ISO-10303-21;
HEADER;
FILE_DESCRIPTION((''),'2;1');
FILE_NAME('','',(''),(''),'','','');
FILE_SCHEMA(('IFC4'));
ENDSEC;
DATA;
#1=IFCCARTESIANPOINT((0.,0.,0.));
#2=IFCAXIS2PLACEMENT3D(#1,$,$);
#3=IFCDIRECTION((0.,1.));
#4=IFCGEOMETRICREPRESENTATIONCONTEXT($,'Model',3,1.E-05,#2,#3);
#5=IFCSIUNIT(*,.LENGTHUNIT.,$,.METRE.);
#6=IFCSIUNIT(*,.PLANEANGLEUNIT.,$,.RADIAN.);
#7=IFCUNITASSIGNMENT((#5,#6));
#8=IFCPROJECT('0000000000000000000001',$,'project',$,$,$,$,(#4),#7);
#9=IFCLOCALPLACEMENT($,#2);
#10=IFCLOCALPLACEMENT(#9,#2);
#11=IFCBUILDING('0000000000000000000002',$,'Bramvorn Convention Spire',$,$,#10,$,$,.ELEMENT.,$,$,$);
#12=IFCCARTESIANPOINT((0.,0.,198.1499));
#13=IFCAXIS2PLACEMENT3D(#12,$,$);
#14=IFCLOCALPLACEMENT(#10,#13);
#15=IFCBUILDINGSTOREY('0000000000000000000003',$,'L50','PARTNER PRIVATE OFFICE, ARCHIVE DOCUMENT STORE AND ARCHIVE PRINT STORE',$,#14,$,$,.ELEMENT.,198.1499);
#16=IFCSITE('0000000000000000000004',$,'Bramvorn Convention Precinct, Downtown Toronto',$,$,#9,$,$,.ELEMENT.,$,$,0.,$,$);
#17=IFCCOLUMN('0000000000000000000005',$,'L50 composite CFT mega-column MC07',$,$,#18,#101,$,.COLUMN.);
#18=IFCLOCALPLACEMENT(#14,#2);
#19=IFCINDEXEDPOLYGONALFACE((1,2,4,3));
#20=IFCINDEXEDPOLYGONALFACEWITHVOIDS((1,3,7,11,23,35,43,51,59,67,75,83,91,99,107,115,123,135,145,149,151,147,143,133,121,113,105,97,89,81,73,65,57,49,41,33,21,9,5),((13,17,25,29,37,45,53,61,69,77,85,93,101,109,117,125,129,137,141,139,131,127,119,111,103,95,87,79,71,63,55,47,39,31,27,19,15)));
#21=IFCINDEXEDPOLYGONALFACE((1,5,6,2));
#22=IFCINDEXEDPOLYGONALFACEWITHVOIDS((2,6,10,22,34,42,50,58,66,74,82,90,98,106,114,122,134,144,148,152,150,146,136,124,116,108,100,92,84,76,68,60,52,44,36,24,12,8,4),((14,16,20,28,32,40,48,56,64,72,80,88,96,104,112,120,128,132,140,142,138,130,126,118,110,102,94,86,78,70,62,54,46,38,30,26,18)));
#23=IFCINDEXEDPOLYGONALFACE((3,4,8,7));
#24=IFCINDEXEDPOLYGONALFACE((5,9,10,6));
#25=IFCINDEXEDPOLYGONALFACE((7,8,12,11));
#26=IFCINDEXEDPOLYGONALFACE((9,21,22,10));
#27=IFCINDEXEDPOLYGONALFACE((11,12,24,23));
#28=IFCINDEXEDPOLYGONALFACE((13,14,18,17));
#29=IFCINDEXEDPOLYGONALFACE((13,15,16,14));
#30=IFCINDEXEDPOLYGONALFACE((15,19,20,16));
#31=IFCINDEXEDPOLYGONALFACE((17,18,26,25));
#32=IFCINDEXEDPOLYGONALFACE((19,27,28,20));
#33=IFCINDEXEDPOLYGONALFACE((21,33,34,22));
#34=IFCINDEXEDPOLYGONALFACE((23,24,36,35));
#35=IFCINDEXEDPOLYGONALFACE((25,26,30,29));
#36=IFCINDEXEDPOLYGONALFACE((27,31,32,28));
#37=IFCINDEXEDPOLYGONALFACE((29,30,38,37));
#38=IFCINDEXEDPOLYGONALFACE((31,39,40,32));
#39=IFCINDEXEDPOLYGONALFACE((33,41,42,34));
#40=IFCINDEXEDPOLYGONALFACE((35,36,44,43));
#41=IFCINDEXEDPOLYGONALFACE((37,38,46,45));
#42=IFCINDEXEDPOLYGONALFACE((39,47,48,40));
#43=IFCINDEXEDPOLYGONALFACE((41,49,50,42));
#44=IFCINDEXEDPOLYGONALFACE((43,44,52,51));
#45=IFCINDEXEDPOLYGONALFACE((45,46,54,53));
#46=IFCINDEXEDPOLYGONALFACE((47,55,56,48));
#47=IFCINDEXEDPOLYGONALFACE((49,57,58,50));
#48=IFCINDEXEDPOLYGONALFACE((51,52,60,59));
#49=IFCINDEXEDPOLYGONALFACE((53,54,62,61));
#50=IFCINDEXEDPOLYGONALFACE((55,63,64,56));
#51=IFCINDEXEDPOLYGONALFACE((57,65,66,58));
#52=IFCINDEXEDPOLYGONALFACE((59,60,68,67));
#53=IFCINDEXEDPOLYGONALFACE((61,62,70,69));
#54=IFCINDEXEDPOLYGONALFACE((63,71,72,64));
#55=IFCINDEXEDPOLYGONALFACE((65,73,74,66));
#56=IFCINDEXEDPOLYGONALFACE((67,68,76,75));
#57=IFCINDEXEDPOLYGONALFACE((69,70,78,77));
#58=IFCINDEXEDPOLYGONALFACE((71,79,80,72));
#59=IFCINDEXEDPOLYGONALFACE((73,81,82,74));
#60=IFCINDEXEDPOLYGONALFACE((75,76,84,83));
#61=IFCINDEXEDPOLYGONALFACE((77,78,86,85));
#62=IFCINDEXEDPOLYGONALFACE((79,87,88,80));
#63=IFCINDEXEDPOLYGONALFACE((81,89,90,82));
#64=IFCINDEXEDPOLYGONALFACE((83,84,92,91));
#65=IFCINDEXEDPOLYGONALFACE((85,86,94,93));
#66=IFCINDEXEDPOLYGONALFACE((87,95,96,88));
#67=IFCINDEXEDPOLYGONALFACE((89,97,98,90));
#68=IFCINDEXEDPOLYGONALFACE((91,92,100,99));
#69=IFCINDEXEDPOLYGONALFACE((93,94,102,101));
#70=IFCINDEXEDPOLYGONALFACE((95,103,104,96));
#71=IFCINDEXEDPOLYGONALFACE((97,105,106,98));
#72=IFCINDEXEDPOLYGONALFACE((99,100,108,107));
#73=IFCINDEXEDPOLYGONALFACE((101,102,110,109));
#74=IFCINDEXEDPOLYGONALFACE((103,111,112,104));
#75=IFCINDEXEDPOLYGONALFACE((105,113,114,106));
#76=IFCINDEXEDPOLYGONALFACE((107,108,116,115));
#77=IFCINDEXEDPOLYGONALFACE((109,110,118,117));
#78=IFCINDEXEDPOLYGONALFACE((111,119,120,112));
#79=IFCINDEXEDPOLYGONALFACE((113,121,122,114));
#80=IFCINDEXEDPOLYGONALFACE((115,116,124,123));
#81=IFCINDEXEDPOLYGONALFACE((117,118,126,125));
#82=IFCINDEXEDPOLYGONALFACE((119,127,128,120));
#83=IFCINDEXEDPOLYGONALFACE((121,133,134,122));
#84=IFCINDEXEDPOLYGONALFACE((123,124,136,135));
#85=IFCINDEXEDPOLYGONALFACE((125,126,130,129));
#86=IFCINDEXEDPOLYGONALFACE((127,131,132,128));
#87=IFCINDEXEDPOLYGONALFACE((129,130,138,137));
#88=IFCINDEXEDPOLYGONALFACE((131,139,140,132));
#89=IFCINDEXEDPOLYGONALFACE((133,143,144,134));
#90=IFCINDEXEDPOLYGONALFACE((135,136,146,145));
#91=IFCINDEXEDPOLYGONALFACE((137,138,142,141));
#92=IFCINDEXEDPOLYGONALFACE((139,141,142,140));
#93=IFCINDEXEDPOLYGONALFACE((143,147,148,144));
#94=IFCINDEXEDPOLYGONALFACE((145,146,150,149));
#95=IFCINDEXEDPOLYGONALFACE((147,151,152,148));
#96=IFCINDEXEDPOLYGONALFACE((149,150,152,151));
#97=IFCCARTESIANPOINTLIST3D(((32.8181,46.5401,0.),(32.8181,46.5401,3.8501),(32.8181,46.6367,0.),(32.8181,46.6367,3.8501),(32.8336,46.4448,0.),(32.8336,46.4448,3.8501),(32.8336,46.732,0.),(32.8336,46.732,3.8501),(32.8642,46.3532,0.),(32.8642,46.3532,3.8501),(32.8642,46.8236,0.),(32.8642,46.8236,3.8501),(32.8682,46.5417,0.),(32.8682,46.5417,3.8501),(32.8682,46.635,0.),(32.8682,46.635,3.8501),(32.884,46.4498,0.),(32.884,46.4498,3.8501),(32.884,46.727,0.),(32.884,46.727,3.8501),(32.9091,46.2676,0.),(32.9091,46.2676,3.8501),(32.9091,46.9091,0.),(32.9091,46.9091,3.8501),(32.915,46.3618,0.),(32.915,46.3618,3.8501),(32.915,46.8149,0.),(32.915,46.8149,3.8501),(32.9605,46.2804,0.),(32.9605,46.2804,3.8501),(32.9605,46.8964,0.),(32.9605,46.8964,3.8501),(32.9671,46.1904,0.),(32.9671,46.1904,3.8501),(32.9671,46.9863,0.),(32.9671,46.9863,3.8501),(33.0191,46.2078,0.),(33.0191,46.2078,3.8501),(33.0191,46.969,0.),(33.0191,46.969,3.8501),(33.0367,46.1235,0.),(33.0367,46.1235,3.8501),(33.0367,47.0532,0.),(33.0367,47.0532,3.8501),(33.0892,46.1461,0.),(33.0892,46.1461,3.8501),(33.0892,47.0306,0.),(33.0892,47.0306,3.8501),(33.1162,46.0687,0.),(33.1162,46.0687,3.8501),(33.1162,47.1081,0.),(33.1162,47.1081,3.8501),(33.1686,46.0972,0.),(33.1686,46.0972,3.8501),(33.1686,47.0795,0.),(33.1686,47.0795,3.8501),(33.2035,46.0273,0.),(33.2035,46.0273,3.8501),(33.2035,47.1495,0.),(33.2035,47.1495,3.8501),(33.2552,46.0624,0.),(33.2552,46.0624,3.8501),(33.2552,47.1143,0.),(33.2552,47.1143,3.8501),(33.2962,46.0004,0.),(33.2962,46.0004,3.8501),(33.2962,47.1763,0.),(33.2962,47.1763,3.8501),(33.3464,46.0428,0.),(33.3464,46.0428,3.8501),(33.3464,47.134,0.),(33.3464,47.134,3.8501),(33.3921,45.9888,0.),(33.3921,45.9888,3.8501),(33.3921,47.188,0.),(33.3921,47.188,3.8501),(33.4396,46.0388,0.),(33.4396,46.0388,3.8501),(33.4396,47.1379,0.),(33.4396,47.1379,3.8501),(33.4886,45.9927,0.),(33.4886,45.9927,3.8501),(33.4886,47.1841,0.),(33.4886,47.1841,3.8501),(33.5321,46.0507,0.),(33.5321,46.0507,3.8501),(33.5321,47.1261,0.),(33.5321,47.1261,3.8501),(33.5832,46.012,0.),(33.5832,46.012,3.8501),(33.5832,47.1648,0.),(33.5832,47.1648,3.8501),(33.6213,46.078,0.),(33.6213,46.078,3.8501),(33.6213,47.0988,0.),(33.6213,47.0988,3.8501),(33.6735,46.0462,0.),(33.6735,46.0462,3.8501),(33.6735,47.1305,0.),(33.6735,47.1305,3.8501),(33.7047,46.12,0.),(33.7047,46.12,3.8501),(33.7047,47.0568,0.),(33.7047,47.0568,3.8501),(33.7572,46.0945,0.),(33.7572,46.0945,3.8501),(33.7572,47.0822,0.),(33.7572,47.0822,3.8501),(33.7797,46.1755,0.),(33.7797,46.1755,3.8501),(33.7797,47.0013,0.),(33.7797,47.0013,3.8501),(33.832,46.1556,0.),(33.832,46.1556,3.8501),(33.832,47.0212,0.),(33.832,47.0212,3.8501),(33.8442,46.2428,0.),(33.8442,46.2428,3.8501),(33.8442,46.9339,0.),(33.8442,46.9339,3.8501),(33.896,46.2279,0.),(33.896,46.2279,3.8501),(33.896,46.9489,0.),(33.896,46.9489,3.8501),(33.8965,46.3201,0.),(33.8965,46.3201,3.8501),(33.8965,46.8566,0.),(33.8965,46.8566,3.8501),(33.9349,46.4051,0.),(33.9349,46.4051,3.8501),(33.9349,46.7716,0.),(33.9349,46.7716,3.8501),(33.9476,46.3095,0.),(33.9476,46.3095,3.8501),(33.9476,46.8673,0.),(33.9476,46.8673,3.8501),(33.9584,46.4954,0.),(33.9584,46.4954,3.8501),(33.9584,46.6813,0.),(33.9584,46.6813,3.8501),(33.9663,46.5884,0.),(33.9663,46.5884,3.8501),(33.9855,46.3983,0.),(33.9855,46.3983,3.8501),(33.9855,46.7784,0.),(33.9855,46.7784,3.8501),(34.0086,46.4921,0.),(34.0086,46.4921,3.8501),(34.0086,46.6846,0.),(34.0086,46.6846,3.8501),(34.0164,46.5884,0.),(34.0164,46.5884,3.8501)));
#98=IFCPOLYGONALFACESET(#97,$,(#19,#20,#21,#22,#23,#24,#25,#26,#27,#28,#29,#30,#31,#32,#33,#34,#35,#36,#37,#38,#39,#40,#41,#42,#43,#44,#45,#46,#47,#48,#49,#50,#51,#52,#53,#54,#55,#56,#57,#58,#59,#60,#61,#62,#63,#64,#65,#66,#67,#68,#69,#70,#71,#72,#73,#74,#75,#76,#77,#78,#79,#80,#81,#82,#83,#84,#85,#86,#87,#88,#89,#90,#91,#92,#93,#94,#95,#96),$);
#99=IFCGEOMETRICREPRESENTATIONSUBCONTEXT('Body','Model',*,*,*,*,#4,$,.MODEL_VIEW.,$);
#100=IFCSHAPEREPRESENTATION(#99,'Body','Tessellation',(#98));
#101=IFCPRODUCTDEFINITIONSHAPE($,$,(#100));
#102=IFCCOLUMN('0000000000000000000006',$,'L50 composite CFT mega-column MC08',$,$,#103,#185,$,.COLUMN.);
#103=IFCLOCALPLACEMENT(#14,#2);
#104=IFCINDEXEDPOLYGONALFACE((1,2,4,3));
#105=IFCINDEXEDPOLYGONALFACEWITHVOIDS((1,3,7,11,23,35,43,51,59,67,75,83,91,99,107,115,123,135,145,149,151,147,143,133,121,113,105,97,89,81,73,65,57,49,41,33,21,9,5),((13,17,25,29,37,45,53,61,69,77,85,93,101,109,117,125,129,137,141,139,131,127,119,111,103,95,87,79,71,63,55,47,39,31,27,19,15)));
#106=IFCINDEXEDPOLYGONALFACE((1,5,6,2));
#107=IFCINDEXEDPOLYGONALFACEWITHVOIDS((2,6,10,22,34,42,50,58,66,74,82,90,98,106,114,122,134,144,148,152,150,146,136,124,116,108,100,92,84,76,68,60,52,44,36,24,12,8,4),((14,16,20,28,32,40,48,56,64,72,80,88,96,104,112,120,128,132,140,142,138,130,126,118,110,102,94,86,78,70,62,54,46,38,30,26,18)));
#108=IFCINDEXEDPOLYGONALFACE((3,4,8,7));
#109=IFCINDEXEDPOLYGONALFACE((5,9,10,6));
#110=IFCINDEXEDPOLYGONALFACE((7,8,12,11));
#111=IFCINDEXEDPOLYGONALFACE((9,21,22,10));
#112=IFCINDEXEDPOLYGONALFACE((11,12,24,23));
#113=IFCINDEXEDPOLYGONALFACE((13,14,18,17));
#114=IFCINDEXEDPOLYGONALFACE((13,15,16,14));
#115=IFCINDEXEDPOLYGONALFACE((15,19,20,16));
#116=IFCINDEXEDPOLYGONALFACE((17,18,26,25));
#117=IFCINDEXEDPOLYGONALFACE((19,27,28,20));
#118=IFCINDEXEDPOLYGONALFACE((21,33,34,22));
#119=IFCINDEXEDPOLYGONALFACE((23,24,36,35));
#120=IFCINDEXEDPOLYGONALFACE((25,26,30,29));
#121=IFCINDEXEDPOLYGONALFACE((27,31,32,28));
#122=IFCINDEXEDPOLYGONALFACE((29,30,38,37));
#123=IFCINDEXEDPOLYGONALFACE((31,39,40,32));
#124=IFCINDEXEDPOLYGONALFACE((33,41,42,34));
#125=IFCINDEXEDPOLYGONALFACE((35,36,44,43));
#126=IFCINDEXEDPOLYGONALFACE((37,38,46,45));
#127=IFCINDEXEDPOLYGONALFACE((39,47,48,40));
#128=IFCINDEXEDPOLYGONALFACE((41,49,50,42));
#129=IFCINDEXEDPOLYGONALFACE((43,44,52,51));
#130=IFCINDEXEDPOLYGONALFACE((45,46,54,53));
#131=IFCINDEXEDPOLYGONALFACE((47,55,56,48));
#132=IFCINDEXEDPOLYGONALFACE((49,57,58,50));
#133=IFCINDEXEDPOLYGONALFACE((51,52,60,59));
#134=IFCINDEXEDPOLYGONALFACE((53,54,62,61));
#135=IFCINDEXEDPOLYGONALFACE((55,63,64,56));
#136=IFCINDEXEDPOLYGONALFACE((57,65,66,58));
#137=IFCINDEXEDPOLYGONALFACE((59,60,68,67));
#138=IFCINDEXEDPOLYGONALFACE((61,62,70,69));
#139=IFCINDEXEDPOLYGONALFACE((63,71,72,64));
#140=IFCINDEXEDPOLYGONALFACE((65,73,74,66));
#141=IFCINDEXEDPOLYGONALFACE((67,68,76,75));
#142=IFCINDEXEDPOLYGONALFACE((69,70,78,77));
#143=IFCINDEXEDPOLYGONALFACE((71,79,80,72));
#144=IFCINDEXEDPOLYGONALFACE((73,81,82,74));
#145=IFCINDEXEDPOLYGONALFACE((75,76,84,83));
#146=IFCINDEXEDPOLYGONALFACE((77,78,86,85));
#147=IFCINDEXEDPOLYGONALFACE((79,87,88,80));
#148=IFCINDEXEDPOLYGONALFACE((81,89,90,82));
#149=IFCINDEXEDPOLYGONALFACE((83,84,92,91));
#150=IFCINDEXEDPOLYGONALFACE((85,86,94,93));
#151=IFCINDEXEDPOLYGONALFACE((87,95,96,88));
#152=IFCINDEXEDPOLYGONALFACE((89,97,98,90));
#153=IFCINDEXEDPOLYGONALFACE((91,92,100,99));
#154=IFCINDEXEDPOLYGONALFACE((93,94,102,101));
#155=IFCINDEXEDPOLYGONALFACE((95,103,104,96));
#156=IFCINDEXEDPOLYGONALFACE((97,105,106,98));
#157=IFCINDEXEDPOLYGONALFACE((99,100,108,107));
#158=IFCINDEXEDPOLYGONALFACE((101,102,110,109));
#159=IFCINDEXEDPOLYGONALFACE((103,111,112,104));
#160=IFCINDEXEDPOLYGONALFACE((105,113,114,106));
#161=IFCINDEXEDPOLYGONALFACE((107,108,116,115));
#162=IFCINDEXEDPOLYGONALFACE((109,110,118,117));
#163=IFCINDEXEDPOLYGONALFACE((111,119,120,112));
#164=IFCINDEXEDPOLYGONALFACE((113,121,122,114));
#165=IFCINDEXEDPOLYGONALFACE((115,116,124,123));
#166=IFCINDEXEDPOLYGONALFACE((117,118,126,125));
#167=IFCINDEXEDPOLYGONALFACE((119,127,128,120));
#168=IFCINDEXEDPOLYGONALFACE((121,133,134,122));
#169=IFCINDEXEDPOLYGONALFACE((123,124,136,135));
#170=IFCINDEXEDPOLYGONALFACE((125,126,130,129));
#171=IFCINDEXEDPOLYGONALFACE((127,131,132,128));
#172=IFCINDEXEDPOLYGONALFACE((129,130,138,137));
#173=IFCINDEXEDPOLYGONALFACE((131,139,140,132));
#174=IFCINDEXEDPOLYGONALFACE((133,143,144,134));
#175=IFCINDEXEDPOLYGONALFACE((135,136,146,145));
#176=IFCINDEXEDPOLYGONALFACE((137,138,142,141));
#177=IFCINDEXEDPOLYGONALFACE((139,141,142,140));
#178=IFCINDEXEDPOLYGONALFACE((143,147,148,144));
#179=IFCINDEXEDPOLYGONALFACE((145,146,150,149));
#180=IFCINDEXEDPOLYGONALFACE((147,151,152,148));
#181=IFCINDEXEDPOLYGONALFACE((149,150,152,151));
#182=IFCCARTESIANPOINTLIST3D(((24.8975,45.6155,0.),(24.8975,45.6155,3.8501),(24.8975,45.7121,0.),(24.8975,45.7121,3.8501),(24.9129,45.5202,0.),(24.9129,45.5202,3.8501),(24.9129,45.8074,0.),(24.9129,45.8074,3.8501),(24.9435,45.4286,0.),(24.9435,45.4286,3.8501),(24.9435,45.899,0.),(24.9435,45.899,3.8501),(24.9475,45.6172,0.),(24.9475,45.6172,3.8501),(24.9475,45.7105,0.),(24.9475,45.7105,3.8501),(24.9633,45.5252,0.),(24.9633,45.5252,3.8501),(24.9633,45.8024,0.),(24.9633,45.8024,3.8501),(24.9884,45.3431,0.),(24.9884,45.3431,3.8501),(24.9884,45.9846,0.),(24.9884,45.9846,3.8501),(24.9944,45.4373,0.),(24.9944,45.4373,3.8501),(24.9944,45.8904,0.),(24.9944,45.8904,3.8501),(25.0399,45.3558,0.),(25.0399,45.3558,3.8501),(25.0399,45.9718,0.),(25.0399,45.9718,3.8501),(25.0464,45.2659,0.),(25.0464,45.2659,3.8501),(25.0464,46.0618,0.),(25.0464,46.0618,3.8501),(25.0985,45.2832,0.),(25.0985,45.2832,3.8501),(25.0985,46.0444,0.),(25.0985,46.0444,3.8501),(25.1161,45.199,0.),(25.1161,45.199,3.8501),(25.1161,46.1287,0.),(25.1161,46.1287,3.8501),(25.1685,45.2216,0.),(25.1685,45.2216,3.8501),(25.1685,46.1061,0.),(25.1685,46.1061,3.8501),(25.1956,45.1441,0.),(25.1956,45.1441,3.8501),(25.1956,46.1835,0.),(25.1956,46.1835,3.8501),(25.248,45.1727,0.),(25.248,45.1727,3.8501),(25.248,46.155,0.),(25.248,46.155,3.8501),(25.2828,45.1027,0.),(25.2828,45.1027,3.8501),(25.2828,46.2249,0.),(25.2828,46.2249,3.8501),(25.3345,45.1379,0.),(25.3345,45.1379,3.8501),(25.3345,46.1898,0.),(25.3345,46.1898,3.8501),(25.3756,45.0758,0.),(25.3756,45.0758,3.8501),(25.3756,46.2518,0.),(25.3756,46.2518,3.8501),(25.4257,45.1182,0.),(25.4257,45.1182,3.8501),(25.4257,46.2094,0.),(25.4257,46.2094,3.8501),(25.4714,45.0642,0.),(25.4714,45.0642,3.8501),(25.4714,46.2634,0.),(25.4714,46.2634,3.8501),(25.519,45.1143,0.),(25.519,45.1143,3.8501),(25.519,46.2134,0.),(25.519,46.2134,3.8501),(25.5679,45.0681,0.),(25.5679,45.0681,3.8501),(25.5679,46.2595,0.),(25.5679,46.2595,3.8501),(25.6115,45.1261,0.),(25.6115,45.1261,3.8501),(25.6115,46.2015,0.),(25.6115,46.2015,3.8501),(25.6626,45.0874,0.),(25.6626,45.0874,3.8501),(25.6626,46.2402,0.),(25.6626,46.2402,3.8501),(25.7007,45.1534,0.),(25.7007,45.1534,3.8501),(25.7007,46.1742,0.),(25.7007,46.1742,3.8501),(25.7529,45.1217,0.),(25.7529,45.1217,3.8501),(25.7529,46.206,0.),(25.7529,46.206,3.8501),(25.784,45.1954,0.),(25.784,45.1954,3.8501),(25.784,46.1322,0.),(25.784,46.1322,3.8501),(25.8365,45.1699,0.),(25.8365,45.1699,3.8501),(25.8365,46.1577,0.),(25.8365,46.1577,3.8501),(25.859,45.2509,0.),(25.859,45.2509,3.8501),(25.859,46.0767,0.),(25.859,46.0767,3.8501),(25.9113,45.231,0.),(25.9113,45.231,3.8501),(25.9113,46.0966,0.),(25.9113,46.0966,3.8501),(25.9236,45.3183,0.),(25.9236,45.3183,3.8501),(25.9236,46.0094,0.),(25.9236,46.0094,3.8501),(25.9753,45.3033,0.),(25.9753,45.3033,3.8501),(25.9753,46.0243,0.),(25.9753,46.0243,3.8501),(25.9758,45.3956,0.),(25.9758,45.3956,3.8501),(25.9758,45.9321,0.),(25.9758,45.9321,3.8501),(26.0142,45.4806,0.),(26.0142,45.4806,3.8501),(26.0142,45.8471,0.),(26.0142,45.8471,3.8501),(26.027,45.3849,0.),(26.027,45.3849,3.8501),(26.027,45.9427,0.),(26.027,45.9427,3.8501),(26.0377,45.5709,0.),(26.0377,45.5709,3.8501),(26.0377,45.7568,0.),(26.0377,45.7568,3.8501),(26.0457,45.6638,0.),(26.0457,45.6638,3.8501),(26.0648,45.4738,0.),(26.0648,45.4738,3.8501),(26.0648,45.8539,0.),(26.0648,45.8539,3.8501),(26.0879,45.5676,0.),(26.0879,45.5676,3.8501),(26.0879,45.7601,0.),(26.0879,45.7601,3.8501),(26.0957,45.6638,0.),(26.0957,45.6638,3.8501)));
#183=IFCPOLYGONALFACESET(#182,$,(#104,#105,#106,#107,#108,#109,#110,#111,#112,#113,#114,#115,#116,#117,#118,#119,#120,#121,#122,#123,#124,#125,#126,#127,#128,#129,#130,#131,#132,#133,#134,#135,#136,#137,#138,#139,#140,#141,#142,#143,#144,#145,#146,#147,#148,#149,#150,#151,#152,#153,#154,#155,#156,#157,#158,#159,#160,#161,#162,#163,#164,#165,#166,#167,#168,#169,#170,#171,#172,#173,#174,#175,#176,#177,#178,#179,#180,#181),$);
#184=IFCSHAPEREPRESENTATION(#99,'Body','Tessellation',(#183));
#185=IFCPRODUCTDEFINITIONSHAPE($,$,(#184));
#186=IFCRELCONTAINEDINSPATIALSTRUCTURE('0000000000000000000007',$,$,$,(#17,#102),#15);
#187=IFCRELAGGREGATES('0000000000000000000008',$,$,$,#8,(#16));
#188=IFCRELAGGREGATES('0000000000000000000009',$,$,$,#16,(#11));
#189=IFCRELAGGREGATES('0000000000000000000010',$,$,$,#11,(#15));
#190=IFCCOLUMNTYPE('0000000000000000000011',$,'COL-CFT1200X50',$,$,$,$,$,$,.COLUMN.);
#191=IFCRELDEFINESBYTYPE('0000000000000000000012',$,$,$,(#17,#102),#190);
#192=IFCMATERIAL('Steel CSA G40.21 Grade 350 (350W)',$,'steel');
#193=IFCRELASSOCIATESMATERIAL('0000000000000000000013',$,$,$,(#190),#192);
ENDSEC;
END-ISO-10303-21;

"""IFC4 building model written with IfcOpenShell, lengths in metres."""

from ifc_helpers import new_model, si_unit, direction, frame, origin, origin_2d, place, context, subcontext, project, spatial, hollow_circle, extrude, material, material_profile, profile_set, type_object, element, save


model = new_model("IFC4")

# Units and contexts
model_context = context("Model", 3, precision=1e-05, world=origin(), true_north=direction((0.0, 1.0)))
body_context = subcontext(model_context, "Body", "Model", "MODEL_VIEW")
ifc_project = project(units=[si_unit("LENGTHUNIT", "METRE"), si_unit("PLANEANGLEUNIT", "RADIAN")], contexts=[model_context])

# Site, building, storey
site_placement = place(None, origin())
site = spatial("IfcSite", under=ifc_project, at=site_placement, Name="Bramvorn Convention Precinct, Downtown Toronto", CompositionType="ELEMENT", RefElevation=0.0)
building_placement = place(site_placement, origin())
building = spatial("IfcBuilding", under=site, at=building_placement, Name="Bramvorn Convention Spire", CompositionType="ELEMENT")
storey_placement = place(building_placement, frame((0.0, 0.0, 198.1499)))
storey = spatial("IfcBuildingStorey", under=building, at=storey_placement, Name="L50", Description="PARTNER PRIVATE OFFICE, ARCHIVE DOCUMENT STORE AND ARCHIVE PRINT STORE", CompositionType="ELEMENT", Elevation=198.1499)

# Columns
ifc_material_1 = material(Name="Steel CSA G40.21 Grade 350 (350W)", Category="steel")
ifc_material_profile_1 = material_profile(ifc_material_1, hollow_circle(Radius=0.6001, WallThickness=0.05, at=origin_2d()))
ifc_profile_set_1 = profile_set([ifc_material_profile_1], Name="Steel CSA G40.21 Grade 350 (350W) - CFT1200X50")
column_type = type_object("IfcColumnType", Name="COL-CFT1200X50", PredefinedType="COLUMN", material=ifc_profile_set_1)
for number, where, z_axis, x_axis, name in (
    (1, (33.4163, 46.5884, 0.0), (0.0, 0.0, 1.0), (1.0, 0.0, 0.0), "L50 composite CFT mega-column MC07"),
    (2, (25.4956, 45.6638, 0.0), (0.0, 0.0, 1.0), (1.0, 0.0, 0.0), "L50 composite CFT mega-column MC08"),
):
    element("IfcColumn", number, at=place(storey_placement, frame(where, z_axis=z_axis, x_axis=x_axis)), inside=storey, type_object=column_type, Name=name, PredefinedType="COLUMN", context=body_context, shape_type="SweptSolid", body=[
        extrude(hollow_circle(Radius=0.6001, WallThickness=0.05, at=origin_2d()), origin(), (0.0, 0.0, 1.0), 3.8501),
    ])

save(model, "model.ifc")
